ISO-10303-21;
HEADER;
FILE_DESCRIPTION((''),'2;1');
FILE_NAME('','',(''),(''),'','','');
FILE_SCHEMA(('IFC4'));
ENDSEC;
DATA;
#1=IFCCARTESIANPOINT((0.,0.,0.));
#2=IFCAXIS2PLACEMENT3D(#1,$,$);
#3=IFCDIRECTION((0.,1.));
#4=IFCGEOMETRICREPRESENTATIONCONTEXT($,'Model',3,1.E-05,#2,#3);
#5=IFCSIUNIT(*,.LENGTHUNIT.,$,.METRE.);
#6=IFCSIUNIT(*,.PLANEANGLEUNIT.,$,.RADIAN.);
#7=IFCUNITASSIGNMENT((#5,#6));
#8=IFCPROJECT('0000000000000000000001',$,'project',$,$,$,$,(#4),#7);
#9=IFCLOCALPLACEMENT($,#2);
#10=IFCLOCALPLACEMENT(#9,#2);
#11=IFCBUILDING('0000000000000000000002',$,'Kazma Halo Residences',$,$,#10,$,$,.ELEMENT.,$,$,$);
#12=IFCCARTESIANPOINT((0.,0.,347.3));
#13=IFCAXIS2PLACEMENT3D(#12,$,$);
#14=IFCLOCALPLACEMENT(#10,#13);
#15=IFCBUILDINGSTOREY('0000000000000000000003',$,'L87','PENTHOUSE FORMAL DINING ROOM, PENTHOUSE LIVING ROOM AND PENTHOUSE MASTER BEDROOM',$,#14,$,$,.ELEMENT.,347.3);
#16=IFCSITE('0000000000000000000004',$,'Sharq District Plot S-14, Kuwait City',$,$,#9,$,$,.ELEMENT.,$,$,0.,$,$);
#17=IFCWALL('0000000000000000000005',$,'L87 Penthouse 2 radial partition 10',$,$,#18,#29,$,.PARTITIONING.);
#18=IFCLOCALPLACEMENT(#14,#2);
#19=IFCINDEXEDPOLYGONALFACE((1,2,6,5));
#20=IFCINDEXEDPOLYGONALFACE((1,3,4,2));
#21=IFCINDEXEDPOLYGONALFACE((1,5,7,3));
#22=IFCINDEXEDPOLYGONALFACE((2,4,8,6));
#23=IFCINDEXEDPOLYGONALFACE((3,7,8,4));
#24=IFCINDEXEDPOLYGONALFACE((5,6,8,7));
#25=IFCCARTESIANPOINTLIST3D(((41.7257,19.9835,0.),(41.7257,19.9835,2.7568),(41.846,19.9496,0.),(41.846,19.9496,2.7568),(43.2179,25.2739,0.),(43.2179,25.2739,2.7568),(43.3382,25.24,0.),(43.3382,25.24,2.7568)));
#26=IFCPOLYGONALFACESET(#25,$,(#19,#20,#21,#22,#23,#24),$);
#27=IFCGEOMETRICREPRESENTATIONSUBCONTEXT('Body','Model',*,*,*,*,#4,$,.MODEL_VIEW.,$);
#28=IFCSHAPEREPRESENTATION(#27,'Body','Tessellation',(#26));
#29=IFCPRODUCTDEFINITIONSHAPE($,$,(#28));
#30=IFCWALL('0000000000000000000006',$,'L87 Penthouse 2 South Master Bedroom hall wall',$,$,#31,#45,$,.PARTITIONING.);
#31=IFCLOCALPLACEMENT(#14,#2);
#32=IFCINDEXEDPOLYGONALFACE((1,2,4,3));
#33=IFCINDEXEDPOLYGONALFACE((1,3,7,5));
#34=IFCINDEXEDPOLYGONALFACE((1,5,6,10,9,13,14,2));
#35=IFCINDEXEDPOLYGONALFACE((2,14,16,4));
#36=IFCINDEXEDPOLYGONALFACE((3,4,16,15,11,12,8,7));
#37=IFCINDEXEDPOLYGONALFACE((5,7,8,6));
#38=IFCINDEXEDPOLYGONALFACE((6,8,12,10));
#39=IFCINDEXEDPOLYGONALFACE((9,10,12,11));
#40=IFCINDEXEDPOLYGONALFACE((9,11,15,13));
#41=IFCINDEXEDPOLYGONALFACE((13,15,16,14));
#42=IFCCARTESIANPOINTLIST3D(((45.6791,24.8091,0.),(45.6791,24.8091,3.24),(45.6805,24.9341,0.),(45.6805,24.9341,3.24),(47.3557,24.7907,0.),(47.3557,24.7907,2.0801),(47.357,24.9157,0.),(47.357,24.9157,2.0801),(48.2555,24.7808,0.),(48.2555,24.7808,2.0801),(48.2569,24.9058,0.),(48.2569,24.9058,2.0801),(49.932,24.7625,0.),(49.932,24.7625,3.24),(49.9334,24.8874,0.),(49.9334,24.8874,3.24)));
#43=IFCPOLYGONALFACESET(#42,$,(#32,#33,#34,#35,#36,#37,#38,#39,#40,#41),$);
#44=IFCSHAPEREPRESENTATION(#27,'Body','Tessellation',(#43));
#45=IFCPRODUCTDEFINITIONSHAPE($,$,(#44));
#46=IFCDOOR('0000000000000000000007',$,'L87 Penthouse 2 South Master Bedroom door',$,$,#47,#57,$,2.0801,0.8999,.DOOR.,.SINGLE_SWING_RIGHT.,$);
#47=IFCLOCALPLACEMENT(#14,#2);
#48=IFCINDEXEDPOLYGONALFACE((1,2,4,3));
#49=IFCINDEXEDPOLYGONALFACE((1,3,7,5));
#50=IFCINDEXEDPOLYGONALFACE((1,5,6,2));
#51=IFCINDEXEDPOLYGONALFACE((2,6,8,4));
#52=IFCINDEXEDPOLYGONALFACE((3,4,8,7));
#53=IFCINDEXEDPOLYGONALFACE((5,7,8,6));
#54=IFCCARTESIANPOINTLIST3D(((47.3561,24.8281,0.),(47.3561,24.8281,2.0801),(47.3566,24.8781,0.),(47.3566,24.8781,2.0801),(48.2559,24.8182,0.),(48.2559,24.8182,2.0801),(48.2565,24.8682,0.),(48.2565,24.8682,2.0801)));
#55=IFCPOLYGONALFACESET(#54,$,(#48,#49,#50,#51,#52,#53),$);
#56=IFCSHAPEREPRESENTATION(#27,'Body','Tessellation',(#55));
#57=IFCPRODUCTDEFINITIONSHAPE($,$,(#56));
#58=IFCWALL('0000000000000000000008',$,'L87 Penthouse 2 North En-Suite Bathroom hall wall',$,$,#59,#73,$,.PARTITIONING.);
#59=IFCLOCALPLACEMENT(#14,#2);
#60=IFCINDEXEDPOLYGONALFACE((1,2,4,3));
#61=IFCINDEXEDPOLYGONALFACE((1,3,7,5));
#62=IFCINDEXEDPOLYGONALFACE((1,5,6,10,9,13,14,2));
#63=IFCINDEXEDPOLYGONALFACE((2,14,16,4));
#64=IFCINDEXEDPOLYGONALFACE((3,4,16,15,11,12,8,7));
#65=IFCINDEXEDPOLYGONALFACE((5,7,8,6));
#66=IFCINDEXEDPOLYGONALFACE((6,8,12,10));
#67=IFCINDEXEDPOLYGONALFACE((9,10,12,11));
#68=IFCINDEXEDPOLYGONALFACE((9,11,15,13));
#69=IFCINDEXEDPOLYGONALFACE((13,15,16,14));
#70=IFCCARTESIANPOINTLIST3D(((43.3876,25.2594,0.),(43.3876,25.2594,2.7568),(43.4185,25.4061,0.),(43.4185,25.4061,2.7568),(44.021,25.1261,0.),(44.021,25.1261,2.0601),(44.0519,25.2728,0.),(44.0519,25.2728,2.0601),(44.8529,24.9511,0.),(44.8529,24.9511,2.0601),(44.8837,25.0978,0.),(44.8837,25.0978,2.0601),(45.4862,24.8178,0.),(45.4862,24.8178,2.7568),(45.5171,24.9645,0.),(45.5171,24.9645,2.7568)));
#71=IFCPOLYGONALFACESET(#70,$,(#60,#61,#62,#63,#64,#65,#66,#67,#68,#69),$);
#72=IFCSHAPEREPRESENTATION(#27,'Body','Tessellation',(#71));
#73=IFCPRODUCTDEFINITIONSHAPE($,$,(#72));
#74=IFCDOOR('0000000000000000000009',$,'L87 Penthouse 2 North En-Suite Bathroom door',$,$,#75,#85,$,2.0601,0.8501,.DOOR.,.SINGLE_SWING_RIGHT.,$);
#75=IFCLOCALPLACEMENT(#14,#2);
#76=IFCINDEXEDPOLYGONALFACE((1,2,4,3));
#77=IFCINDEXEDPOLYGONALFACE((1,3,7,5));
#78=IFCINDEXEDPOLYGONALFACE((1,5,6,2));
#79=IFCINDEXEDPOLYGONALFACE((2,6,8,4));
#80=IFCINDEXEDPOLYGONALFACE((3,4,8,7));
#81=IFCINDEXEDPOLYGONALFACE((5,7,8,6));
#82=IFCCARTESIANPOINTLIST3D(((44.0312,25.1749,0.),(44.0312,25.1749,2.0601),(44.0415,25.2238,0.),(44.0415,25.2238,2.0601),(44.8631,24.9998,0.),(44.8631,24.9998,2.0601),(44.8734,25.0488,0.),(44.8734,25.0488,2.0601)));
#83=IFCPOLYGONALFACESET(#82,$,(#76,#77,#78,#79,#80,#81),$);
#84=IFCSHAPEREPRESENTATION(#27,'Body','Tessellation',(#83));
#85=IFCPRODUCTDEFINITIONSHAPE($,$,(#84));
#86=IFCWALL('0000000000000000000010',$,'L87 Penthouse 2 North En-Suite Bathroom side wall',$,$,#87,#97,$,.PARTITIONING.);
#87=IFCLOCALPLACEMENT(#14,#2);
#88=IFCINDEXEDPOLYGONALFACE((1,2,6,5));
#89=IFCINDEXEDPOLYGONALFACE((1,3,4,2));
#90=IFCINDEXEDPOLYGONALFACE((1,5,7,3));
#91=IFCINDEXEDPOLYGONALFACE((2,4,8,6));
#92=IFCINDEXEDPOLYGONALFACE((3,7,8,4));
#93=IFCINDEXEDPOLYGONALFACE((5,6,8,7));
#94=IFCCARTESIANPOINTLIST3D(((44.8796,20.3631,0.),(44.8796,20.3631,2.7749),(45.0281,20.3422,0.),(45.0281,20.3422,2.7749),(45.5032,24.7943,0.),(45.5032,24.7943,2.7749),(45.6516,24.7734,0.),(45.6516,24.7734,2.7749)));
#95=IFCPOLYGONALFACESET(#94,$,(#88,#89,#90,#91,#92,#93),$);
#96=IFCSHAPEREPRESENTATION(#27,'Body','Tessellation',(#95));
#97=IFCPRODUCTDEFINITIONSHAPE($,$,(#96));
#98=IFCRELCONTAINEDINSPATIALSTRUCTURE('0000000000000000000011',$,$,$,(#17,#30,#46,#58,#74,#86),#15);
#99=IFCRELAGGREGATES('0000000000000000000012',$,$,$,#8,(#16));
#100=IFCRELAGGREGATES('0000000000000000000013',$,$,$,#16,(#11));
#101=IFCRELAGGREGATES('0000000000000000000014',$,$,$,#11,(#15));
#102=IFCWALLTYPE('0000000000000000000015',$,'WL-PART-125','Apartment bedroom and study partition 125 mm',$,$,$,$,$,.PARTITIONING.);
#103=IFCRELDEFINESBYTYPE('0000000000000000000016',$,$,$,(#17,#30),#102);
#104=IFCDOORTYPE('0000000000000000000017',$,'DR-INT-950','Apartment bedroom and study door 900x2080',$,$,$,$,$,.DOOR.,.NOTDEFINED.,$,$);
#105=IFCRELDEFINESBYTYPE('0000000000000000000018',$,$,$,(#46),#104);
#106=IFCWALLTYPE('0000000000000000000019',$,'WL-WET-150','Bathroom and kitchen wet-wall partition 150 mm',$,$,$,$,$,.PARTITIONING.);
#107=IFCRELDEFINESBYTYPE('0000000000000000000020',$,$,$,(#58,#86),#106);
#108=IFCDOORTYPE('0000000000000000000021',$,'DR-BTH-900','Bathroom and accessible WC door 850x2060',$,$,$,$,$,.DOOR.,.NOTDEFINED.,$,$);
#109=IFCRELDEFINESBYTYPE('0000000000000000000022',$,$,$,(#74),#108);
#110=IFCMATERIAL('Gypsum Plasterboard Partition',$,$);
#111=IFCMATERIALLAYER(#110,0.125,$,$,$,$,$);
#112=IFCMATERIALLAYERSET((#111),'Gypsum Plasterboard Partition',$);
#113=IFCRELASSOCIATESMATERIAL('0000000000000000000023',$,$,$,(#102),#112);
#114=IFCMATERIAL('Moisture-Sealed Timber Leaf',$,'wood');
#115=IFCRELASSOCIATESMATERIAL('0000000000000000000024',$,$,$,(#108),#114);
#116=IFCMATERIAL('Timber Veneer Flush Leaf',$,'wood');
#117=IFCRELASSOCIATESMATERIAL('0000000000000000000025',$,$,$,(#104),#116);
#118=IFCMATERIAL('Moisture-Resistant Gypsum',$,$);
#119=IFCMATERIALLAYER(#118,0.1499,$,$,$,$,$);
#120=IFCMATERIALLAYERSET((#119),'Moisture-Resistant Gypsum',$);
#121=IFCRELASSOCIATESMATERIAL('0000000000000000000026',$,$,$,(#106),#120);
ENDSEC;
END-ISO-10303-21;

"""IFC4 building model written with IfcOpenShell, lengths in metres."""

from ifc_helpers import new_model, si_unit, direction, frame, frame_2d, origin, place, context, subcontext, project, spatial, rectangle, extrude, material, layer, layer_set, type_object, element, fill, save


model = new_model("IFC4")

# Units and contexts
model_context = context("Model", 3, precision=1e-05, world=origin(), true_north=direction((0.0, 1.0)))
body_context = subcontext(model_context, "Body", "Model", "MODEL_VIEW")
ifc_project = project(units=[si_unit("LENGTHUNIT", "METRE"), si_unit("PLANEANGLEUNIT", "RADIAN")], contexts=[model_context])

# Site, building, storey
site_placement = place(None, origin())
site = spatial("IfcSite", under=ifc_project, at=site_placement, Name="Sharq District Plot S-14, Kuwait City", CompositionType="ELEMENT", RefElevation=0.0)
building_placement = place(site_placement, origin())
building = spatial("IfcBuilding", under=site, at=building_placement, Name="Kazma Halo Residences", CompositionType="ELEMENT")
storey_placement = place(building_placement, frame((0.0, 0.0, 347.3)))
storey = spatial("IfcBuildingStorey", under=building, at=storey_placement, Name="L87", Description="PENTHOUSE FORMAL DINING ROOM, PENTHOUSE LIVING ROOM AND PENTHOUSE MASTER BEDROOM", CompositionType="ELEMENT", Elevation=347.3)

# Shared definitions
ifc_material_1 = material(Name="Gypsum Plasterboard Partition")
ifc_layer_1 = layer(ifc_material_1, 0.125)
ifc_layer_set_1 = layer_set([ifc_layer_1], Name="Gypsum Plasterboard Partition")
wall_type_1 = type_object("IfcWallType", Name="WL-PART-125", Description="Apartment bedroom and study partition 125 mm", PredefinedType="PARTITIONING", material=ifc_layer_set_1)

# Shared definitions
ifc_material_2 = material(Name="Moisture-Sealed Timber Leaf", Category="wood")
door_type_1 = type_object("IfcDoorType", Name="DR-BTH-900", Description="Bathroom and accessible WC door 850x2060", OperationType="NOTDEFINED", PredefinedType="DOOR", material=ifc_material_2)
ifc_material_3 = material(Name="Timber Veneer Flush Leaf", Category="wood")
door_type_2 = type_object("IfcDoorType", Name="DR-INT-950", Description="Apartment bedroom and study door 900x2080", OperationType="NOTDEFINED", PredefinedType="DOOR", material=ifc_material_3)

# Wall
wall_1_placement = place(storey_placement, frame((43.2781, 25.2571, 0.0), z_axis=(0.0, 0.0, 1.0), x_axis=(-0.271458, -0.96245, 0.0)))
element("IfcWall", 1, at=wall_1_placement, inside=storey, type_object=wall_type_1, Name="L87 Penthouse 2 radial partition 10", PredefinedType="PARTITIONING", context=body_context, shape_type="SweptSolid", body=[
    extrude(rectangle(XDim=5.4968, YDim=0.125, at=frame_2d((2.7485, 0.0))), origin(), (0.0, 0.0, 1.0), 2.7568),
])

# Walls, openings, doors
wall_2_placement = place(storey_placement, frame((45.6799, 24.8716, 0.0), z_axis=(0.0, 0.0, 1.0), x_axis=(0.99994, -0.010964, 0.0)))
wall_2 = element("IfcWall", 2, at=wall_2_placement, inside=storey, type_object=wall_type_1, Name="L87 Penthouse 2 South Master Bedroom hall wall", PredefinedType="PARTITIONING", context=body_context, shape_type="SweptSolid", body=[
    extrude(rectangle(XDim=4.2532, YDim=0.125, at=frame_2d((2.1265, 0.0))), origin(), (0.0, 0.0, 1.0), 3.24),
])
opening_1_placement = place(wall_2_placement, frame((1.6765, 0.0, 0.0)))
opening_1 = element("IfcOpeningElement", 3, at=opening_1_placement, cuts=wall_2, PredefinedType="OPENING", context=body_context, shape_type="SweptSolid", body=[
    extrude(rectangle(XDim=0.8999, YDim=2.0801, at=frame_2d((0.45, 1.04))), frame((0.0, 0.0725, 0.0), z_axis=(0.0, -1.0, 0.0), x_axis=(1.0, 0.0, 0.0)), (0.0, 0.0, 1.0), 0.145),
])
door_1_placement = place(opening_1_placement, origin())
door_1 = element("IfcDoor", 4, at=door_1_placement, inside=storey, type_object=door_type_2, Name="L87 Penthouse 2 South Master Bedroom door", OperationType="SINGLE_SWING_RIGHT", OverallHeight=2.0801, OverallWidth=0.8999, PredefinedType="DOOR", context=body_context, shape_type="SweptSolid", body=[
    extrude(rectangle(XDim=0.8999, YDim=2.0801, at=frame_2d((0.45, 1.04))), frame((0.0, 0.0249, 0.0), z_axis=(0.0, -1.0, 0.0), x_axis=(1.0, 0.0, 0.0)), (0.0, 0.0, 1.0), 0.05),
])
fill(opening_1, door_1)
ifc_material_4 = material(Name="Moisture-Resistant Gypsum")
ifc_layer_2 = layer(ifc_material_4, 0.1499)
ifc_layer_set_2 = layer_set([ifc_layer_2], Name="Moisture-Resistant Gypsum")
wall_type_2 = type_object("IfcWallType", Name="WL-WET-150", Description="Bathroom and kitchen wet-wall partition 150 mm", PredefinedType="PARTITIONING", material=ifc_layer_set_2)
wall_3_placement = place(storey_placement, frame((43.4031, 25.3328, 0.0), z_axis=(0.0, 0.0, 1.0), x_axis=(0.978565, -0.205936, 0.0)))
wall_3 = element("IfcWall", 5, at=wall_3_placement, inside=storey, type_object=wall_type_2, Name="L87 Penthouse 2 North En-Suite Bathroom hall wall", PredefinedType="PARTITIONING", context=body_context, shape_type="SweptSolid", body=[
    extrude(rectangle(XDim=2.1445, YDim=0.1499, at=frame_2d((1.0723, 0.0))), origin(), (0.0, 0.0, 1.0), 2.7568),
])
opening_2_placement = place(wall_3_placement, frame((0.6472, 0.0, 0.0)))
opening_2 = element("IfcOpeningElement", 6, at=opening_2_placement, cuts=wall_3, PredefinedType="OPENING", context=body_context, shape_type="SweptSolid", body=[
    extrude(rectangle(XDim=0.8501, YDim=2.0601, at=frame_2d((0.425, 1.03))), frame((0.0, 0.085, 0.0), z_axis=(0.0, -1.0, 0.0), x_axis=(1.0, 0.0, 0.0)), (0.0, 0.0, 1.0), 0.1699),
])
door_2_placement = place(opening_2_placement, origin())
door_2 = element("IfcDoor", 7, at=door_2_placement, inside=storey, type_object=door_type_1, Name="L87 Penthouse 2 North En-Suite Bathroom door", OperationType="SINGLE_SWING_RIGHT", OverallHeight=2.0601, OverallWidth=0.8501, PredefinedType="DOOR", context=body_context, shape_type="SweptSolid", body=[
    extrude(rectangle(XDim=0.8501, YDim=2.0601, at=frame_2d((0.425, 1.03))), frame((0.0, 0.0249, 0.0), z_axis=(0.0, -1.0, 0.0), x_axis=(1.0, 0.0, 0.0)), (0.0, 0.0, 1.0), 0.05),
])
fill(opening_2, door_2)

# Wall
wall_4_placement = place(storey_placement, frame((45.5774, 24.7837, 0.0), z_axis=(0.0, 0.0, 1.0), x_axis=(-0.139343, -0.990244, 0.0)))
element("IfcWall", 8, at=wall_4_placement, inside=storey, type_object=wall_type_2, Name="L87 Penthouse 2 North En-Suite Bathroom side wall", PredefinedType="PARTITIONING", context=body_context, shape_type="SweptSolid", body=[
    extrude(rectangle(XDim=4.4749, YDim=0.1499, at=frame_2d((2.2373, 0.0))), origin(), (0.0, 0.0, 1.0), 2.7749),
])

save(model, "model.ifc")
